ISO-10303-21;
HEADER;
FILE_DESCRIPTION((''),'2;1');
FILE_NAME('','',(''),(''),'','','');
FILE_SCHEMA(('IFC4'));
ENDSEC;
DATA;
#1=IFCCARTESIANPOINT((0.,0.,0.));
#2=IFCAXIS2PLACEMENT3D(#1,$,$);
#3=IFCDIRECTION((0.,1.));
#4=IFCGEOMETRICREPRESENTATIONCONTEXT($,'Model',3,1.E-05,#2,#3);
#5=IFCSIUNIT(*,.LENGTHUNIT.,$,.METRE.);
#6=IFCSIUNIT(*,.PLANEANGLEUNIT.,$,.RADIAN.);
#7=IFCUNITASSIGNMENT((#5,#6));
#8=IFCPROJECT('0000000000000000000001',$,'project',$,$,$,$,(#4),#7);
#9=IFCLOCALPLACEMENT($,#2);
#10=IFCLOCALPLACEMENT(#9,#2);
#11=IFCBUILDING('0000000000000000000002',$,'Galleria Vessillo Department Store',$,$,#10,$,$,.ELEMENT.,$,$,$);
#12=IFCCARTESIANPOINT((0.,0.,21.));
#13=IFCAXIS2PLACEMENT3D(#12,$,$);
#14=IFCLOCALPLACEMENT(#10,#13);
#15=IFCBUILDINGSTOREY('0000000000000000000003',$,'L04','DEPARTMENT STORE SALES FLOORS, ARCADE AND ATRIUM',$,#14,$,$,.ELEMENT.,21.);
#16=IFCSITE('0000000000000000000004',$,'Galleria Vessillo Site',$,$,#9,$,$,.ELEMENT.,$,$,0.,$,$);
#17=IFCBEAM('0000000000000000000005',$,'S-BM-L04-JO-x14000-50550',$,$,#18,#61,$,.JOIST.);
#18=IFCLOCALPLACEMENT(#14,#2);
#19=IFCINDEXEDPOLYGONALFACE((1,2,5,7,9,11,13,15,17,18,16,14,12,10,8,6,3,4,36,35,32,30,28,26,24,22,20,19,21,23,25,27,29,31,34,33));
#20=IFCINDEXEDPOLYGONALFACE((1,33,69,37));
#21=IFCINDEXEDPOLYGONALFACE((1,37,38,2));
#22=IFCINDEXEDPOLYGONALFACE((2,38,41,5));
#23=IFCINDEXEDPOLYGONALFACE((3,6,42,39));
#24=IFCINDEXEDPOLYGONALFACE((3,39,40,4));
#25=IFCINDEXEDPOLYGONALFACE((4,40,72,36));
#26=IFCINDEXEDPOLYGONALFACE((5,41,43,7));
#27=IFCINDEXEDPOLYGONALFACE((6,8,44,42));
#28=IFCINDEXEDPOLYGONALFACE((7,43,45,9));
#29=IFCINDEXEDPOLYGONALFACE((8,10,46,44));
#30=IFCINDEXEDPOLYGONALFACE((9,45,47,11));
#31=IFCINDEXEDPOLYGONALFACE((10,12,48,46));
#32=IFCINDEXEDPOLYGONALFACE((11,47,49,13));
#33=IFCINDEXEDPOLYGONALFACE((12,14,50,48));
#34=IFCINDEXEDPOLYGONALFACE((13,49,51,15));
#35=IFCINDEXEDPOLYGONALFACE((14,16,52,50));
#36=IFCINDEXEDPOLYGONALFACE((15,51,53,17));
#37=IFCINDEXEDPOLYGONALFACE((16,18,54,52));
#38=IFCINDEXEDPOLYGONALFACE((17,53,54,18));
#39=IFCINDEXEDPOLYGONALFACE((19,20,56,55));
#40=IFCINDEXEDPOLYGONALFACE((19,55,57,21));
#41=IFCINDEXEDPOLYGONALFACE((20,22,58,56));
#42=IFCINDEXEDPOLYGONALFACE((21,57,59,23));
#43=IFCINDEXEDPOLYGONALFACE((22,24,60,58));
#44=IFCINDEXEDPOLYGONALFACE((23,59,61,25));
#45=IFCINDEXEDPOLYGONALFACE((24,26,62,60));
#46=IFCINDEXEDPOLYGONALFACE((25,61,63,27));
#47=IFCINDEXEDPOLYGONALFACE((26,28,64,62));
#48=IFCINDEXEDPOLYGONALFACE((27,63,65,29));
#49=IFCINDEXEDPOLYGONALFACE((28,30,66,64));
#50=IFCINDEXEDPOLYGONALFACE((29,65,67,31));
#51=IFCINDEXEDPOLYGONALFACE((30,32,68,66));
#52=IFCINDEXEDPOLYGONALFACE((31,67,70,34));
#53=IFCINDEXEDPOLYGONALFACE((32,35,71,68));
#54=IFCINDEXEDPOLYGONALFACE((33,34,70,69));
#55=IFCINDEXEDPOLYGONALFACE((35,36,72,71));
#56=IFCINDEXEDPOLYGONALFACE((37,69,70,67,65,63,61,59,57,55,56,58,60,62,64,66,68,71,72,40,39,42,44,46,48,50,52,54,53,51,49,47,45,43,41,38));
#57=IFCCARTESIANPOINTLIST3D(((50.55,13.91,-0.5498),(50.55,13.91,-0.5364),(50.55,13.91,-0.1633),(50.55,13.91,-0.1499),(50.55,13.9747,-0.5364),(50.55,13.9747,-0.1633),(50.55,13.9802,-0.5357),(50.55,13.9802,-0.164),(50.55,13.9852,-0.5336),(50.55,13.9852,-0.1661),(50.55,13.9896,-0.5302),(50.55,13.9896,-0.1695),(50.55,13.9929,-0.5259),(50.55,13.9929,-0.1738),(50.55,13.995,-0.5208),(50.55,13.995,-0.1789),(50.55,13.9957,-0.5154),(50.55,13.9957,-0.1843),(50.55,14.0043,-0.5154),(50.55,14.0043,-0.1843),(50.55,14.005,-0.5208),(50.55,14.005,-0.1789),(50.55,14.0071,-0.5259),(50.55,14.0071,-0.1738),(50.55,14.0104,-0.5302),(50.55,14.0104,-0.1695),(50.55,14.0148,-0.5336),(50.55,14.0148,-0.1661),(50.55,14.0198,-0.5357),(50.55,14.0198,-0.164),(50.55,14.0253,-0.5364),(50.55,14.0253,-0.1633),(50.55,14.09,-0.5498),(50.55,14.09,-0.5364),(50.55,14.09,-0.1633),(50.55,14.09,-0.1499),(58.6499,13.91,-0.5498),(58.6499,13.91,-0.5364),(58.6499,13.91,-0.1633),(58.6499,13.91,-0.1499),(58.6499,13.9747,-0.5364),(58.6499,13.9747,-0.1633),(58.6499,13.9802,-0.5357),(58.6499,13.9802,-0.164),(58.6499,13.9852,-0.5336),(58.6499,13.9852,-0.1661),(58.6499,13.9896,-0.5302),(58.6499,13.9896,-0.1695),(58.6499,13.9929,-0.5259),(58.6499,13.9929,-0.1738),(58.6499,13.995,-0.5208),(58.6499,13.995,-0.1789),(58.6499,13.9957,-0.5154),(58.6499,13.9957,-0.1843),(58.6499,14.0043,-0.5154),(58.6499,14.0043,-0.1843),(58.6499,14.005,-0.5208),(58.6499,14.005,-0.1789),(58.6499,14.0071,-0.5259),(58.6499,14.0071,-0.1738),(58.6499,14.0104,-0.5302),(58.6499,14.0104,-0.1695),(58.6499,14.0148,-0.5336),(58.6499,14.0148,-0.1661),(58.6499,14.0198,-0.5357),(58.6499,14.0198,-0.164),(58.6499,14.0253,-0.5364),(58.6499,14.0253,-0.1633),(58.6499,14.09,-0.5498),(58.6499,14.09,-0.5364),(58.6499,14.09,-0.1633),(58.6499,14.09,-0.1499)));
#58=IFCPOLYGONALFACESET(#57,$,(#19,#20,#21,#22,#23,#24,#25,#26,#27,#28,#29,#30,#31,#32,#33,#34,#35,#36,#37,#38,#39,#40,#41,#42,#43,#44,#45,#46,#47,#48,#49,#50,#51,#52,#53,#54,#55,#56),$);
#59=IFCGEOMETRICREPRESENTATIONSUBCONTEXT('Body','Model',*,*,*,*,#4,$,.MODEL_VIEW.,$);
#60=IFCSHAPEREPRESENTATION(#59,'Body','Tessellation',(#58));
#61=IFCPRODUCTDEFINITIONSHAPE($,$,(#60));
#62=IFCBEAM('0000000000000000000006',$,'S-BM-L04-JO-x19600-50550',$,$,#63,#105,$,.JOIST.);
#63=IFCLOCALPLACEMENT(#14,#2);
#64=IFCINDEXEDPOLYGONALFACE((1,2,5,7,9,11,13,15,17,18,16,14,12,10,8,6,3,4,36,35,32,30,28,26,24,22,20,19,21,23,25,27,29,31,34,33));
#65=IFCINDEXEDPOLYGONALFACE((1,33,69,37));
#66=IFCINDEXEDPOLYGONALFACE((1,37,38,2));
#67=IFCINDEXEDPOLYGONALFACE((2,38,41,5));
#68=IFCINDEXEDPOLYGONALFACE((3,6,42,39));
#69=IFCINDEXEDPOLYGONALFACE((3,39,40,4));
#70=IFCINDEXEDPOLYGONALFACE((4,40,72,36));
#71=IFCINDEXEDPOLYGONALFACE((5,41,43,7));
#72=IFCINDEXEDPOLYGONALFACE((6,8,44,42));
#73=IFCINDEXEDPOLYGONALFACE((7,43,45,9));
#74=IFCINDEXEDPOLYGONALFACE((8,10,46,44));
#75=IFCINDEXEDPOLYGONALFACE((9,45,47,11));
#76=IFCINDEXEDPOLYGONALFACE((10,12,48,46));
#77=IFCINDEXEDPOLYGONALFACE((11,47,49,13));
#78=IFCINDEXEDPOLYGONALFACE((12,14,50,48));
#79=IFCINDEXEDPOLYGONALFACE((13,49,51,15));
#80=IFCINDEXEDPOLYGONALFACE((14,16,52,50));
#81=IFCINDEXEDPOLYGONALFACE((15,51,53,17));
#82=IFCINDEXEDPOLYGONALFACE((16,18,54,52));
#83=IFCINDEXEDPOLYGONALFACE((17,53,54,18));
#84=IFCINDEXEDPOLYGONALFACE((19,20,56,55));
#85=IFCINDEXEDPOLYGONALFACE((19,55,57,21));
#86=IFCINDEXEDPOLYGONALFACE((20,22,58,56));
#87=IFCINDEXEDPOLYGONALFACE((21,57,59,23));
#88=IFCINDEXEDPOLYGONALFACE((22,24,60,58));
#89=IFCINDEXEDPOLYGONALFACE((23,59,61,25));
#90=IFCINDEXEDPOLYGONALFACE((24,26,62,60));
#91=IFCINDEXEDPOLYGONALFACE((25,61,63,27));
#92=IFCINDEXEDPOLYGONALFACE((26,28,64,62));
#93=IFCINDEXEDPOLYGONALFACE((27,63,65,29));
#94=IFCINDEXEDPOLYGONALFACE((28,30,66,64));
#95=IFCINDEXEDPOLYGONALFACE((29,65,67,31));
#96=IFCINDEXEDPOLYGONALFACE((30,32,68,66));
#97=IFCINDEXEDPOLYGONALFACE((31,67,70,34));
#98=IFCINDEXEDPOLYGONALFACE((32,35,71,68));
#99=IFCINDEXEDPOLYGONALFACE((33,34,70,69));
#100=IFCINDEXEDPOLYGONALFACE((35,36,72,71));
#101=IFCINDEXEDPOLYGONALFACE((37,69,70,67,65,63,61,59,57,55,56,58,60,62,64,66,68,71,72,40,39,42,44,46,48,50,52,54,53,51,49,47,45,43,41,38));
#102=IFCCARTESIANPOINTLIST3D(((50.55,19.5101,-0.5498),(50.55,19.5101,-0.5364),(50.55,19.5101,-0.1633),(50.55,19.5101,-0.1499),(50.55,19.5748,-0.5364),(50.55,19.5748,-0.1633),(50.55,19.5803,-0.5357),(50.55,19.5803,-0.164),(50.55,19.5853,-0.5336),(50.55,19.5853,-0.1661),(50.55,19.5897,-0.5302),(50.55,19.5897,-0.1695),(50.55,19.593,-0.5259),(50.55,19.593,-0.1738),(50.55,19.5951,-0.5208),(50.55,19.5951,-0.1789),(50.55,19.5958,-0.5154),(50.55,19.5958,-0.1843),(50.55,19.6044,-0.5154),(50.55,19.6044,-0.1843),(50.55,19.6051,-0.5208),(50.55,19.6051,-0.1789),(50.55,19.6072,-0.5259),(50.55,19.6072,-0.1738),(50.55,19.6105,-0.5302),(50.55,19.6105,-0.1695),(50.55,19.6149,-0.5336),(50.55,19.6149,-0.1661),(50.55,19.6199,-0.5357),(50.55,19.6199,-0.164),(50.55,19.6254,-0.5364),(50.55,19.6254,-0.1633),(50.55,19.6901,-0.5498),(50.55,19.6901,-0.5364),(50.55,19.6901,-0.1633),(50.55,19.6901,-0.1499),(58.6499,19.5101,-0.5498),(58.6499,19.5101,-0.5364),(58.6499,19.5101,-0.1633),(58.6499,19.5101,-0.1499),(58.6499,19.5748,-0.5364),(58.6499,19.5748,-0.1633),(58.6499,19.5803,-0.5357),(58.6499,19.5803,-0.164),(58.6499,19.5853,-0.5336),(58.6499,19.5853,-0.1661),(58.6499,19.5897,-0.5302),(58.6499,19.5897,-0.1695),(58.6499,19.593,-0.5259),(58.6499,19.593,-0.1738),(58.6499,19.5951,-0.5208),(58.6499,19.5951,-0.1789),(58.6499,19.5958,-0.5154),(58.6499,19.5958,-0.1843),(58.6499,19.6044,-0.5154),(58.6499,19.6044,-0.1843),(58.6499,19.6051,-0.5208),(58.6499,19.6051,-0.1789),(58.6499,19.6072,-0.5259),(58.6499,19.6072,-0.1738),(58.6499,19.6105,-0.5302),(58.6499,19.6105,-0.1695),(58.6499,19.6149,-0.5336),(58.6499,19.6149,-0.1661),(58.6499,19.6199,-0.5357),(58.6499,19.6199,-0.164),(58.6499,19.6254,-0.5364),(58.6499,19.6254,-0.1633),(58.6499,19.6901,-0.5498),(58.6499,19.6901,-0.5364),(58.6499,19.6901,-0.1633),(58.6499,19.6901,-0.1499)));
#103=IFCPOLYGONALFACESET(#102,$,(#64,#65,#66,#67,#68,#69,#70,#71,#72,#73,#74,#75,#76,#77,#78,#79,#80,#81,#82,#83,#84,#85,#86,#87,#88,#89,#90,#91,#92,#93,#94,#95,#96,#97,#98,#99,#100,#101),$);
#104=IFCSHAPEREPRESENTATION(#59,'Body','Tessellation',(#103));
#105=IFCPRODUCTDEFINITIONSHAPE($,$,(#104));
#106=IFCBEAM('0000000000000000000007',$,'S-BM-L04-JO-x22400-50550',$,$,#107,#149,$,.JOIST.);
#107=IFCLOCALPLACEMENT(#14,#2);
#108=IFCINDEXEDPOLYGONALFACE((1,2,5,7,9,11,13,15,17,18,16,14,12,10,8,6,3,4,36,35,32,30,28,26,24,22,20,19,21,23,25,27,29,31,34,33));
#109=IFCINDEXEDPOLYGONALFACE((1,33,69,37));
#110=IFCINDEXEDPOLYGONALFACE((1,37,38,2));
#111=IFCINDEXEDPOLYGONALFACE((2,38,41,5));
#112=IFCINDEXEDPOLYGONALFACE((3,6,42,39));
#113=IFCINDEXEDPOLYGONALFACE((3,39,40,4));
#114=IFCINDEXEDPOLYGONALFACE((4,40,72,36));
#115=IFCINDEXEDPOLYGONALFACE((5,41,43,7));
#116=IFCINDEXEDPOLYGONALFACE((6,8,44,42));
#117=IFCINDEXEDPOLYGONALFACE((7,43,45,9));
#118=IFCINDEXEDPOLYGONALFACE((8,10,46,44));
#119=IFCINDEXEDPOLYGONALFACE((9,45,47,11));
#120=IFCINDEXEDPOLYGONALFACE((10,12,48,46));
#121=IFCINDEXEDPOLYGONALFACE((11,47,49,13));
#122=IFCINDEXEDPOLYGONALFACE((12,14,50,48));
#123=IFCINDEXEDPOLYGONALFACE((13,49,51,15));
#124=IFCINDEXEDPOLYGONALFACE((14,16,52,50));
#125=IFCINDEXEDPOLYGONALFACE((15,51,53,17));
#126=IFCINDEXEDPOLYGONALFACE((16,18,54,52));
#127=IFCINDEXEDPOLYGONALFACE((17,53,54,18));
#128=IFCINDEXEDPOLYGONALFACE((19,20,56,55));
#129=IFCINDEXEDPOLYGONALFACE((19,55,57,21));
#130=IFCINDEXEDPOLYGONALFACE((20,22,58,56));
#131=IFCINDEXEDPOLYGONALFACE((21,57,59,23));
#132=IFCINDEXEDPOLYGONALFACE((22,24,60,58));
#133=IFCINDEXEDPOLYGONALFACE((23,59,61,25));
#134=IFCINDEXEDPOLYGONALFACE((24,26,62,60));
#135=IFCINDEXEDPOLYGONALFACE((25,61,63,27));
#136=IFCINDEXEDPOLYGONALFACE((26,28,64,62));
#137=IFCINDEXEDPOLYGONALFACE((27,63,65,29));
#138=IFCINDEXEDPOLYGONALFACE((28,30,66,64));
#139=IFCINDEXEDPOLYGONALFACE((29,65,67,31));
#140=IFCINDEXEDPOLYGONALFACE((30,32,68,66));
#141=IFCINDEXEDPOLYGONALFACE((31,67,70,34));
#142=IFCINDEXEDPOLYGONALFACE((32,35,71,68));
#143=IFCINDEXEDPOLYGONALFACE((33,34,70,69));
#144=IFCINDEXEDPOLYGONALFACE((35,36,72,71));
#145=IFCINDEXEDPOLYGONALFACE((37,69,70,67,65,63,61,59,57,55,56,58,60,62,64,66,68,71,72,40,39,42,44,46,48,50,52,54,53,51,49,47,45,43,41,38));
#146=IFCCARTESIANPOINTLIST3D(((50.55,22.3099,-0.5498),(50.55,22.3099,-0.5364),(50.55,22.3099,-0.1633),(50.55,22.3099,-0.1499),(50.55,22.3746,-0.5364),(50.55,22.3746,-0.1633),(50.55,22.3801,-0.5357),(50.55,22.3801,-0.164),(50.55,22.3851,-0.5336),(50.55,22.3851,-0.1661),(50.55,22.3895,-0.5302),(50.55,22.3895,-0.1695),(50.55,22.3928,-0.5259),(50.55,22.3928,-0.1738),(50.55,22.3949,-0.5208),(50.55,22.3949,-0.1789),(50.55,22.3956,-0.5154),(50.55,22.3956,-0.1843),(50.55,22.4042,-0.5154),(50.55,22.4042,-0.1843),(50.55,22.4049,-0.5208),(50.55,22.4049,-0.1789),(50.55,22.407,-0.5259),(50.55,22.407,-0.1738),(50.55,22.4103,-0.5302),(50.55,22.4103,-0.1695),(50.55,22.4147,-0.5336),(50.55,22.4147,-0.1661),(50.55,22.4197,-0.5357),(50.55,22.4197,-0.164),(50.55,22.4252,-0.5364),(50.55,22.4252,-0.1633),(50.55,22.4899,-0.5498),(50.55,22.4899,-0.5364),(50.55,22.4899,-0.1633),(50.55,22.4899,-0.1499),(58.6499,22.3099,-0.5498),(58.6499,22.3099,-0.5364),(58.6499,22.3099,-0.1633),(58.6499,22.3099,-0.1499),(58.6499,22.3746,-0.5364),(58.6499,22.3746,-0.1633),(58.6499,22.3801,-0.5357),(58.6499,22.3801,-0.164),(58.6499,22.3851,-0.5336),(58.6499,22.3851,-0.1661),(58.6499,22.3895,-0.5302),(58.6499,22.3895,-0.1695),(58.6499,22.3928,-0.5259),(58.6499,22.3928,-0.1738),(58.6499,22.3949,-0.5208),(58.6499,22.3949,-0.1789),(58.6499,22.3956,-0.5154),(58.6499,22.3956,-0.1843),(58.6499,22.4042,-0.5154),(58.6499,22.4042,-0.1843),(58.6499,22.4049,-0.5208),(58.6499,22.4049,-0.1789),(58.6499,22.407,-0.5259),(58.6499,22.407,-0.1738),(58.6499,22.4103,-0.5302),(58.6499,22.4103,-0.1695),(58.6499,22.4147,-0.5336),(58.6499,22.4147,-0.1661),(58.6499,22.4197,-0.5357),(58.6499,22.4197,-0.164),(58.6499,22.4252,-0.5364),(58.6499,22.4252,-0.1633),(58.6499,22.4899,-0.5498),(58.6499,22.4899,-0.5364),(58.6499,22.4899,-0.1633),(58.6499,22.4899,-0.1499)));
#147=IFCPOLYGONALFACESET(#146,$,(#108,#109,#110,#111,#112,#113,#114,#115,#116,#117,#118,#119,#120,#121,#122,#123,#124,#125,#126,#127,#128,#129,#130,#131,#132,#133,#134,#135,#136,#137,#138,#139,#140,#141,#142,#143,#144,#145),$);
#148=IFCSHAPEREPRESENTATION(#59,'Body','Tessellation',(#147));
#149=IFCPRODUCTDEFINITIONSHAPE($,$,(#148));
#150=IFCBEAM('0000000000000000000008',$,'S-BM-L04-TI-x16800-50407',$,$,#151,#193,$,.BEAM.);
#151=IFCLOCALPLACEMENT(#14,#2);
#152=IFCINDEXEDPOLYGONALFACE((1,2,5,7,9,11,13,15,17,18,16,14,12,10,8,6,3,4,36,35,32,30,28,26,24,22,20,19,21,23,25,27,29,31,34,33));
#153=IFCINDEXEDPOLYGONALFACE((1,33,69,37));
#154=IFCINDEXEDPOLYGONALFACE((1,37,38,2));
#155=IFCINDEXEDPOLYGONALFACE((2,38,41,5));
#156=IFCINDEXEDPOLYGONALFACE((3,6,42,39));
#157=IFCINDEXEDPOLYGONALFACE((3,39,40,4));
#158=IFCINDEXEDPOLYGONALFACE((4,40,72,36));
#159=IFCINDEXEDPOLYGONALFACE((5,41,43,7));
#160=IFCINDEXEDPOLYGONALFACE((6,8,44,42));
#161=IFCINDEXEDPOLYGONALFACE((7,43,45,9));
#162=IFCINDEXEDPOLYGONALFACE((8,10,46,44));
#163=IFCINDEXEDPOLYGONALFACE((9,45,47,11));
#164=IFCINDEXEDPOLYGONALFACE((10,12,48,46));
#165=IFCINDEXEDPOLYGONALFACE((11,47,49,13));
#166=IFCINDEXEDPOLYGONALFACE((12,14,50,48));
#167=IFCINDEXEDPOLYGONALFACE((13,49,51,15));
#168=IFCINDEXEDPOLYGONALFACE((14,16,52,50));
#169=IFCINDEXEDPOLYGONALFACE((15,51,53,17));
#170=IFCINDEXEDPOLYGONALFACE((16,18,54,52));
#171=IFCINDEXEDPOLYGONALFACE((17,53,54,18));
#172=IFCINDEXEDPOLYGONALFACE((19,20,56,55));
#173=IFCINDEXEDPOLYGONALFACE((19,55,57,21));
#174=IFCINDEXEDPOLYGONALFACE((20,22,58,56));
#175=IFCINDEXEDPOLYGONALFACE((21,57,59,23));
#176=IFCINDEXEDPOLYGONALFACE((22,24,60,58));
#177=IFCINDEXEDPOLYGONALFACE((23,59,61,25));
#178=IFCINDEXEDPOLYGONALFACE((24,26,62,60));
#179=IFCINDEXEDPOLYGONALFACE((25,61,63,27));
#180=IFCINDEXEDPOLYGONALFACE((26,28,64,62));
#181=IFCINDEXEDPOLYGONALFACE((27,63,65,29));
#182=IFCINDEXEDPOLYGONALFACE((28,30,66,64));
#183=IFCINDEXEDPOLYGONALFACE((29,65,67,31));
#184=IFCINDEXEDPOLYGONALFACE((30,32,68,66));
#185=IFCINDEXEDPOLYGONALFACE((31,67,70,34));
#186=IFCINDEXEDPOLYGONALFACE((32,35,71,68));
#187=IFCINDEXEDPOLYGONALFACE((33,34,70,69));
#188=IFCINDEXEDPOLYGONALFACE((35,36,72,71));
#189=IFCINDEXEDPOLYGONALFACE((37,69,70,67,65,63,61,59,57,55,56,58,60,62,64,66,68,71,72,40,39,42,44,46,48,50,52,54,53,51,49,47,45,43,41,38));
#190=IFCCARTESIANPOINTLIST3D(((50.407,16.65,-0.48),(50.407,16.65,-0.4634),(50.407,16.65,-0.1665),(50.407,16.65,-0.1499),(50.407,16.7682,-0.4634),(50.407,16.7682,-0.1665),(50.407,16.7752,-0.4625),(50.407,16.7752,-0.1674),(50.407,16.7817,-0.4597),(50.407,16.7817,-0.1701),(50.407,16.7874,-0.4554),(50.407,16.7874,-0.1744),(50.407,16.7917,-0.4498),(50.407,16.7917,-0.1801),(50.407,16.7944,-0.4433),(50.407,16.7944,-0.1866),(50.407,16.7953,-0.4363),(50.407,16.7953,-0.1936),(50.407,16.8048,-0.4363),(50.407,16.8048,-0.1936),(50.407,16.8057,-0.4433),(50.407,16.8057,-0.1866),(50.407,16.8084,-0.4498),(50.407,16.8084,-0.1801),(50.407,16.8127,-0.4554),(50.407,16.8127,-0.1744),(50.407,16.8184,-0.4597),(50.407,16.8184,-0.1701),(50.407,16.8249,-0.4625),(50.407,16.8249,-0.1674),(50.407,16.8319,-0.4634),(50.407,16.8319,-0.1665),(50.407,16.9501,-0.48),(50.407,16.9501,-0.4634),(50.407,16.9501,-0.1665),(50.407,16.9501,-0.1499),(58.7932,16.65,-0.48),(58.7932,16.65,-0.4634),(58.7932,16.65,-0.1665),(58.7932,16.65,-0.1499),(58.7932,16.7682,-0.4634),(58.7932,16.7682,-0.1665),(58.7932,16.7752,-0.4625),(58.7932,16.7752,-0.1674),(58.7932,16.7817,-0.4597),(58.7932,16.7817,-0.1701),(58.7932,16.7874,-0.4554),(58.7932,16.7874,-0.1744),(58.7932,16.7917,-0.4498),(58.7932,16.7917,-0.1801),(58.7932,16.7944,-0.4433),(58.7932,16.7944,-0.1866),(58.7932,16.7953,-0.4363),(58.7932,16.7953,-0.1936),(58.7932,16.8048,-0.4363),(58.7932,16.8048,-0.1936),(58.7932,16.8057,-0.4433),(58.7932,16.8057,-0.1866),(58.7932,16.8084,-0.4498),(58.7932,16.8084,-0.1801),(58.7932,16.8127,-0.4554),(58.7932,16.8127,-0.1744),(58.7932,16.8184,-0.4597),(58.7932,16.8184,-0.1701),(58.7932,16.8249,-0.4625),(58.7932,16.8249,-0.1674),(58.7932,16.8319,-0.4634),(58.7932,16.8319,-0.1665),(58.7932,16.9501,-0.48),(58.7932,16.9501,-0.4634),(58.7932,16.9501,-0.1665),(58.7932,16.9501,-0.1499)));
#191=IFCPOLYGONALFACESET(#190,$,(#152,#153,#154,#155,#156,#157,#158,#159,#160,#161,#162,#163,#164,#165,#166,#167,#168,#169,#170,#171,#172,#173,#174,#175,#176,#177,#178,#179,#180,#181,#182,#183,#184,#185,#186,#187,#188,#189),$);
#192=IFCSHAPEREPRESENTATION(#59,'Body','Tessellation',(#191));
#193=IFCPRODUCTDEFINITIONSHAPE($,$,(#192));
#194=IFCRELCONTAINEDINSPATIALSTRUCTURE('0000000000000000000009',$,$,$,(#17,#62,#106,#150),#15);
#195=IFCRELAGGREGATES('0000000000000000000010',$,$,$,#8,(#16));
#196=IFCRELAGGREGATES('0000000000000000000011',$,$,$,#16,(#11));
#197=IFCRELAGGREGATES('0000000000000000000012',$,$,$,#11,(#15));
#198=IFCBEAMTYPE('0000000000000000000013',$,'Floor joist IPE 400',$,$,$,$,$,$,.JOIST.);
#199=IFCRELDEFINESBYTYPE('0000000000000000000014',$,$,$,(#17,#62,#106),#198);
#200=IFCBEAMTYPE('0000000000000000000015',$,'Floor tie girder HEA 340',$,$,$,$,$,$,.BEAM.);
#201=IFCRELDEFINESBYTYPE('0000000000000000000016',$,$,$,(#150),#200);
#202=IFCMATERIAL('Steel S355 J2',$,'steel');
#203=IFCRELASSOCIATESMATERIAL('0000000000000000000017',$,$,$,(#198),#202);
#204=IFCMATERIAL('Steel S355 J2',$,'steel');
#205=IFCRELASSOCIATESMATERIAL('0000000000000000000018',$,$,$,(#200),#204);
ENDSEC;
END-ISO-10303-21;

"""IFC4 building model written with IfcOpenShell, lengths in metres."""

from ifc_helpers import new_model, si_unit, direction, frame, origin, origin_2d, place, context, subcontext, project, spatial, i_section, extrude, material, material_profile, profile_set, type_object, element, save


model = new_model("IFC4")

# Units and contexts
model_context = context("Model", 3, precision=1e-05, world=origin(), true_north=direction((0.0, 1.0)))
body_context = subcontext(model_context, "Body", "Model", "MODEL_VIEW")
ifc_project = project(units=[si_unit("LENGTHUNIT", "METRE"), si_unit("PLANEANGLEUNIT", "RADIAN")], contexts=[model_context])

# Site, building, storey
site_placement = place(None, origin())
site = spatial("IfcSite", under=ifc_project, at=site_placement, Name="Galleria Vessillo Site", CompositionType="ELEMENT", RefElevation=0.0)
building_placement = place(site_placement, origin())
building = spatial("IfcBuilding", under=site, at=building_placement, Name="Galleria Vessillo Department Store", CompositionType="ELEMENT")
storey_placement = place(building_placement, frame((0.0, 0.0, 21.0)))
storey = spatial("IfcBuildingStorey", under=building, at=storey_placement, Name="L04", Description="DEPARTMENT STORE SALES FLOORS, ARCADE AND ATRIUM", CompositionType="ELEMENT", Elevation=21.0)

# Beams
ifc_material_1 = material(Name="Steel S355 J2", Category="steel")
ifc_material_profile_1 = material_profile(ifc_material_1, i_section(OverallWidth=0.1799, OverallDepth=0.3999, WebThickness=0.0085, FlangeThickness=0.0134, FilletRadius=0.021, at=origin_2d()), Name="IPE 400")
ifc_profile_set_1 = profile_set([ifc_material_profile_1], Name="Steel S355 J2")
beam_type_1 = type_object("IfcBeamType", Name="Floor joist IPE 400", PredefinedType="JOIST", material=ifc_profile_set_1)
for number, where, z_axis, x_axis, name in (
    (1, (50.55, 14.0, -0.3499), (1.0, 0.0, 0.0), (0.0, 1.0, 0.0), "S-BM-L04-JO-x14000-50550"),
    (2, (50.55, 19.6001, -0.3499), (1.0, 0.0, 0.0), (0.0, 1.0, 0.0), "S-BM-L04-JO-x19600-50550"),
    (3, (50.55, 22.3999, -0.3499), (1.0, 0.0, 0.0), (0.0, 1.0, 0.0), "S-BM-L04-JO-x22400-50550"),
):
    element("IfcBeam", number, at=place(storey_placement, frame(where, z_axis=z_axis, x_axis=x_axis)), inside=storey, type_object=beam_type_1, Name=name, PredefinedType="JOIST", context=body_context, shape_type="SweptSolid", body=[
        extrude(i_section(OverallWidth=0.1799, OverallDepth=0.3999, WebThickness=0.0085, FlangeThickness=0.0134, FilletRadius=0.021, at=origin_2d()), origin(), (0.0, 0.0, 1.0), 8.0999),
    ])
ifc_material_2 = material(Name="Steel S355 J2", Category="steel")
ifc_material_profile_2 = material_profile(ifc_material_2, i_section(OverallWidth=0.3, OverallDepth=0.3301, WebThickness=0.0095, FlangeThickness=0.0166, FilletRadius=0.0271, at=origin_2d()), Name="HEA 340")
ifc_profile_set_2 = profile_set([ifc_material_profile_2], Name="Steel S355 J2")
beam_type_2 = type_object("IfcBeamType", Name="Floor tie girder HEA 340", PredefinedType="BEAM", material=ifc_profile_set_2)
beam_1_placement = place(storey_placement, frame((50.407, 16.8, -0.3149), z_axis=(1.0, 0.0, 0.0), x_axis=(0.0, 1.0, 0.0)))
element("IfcBeam", 4, at=beam_1_placement, inside=storey, type_object=beam_type_2, Name="S-BM-L04-TI-x16800-50407", PredefinedType="BEAM", context=body_context, shape_type="SweptSolid", body=[
    extrude(i_section(OverallWidth=0.3, OverallDepth=0.3301, WebThickness=0.0095, FlangeThickness=0.0166, FilletRadius=0.0271, at=origin_2d()), origin(), (0.0, 0.0, 1.0), 8.3862),
])

save(model, "model.ifc")
